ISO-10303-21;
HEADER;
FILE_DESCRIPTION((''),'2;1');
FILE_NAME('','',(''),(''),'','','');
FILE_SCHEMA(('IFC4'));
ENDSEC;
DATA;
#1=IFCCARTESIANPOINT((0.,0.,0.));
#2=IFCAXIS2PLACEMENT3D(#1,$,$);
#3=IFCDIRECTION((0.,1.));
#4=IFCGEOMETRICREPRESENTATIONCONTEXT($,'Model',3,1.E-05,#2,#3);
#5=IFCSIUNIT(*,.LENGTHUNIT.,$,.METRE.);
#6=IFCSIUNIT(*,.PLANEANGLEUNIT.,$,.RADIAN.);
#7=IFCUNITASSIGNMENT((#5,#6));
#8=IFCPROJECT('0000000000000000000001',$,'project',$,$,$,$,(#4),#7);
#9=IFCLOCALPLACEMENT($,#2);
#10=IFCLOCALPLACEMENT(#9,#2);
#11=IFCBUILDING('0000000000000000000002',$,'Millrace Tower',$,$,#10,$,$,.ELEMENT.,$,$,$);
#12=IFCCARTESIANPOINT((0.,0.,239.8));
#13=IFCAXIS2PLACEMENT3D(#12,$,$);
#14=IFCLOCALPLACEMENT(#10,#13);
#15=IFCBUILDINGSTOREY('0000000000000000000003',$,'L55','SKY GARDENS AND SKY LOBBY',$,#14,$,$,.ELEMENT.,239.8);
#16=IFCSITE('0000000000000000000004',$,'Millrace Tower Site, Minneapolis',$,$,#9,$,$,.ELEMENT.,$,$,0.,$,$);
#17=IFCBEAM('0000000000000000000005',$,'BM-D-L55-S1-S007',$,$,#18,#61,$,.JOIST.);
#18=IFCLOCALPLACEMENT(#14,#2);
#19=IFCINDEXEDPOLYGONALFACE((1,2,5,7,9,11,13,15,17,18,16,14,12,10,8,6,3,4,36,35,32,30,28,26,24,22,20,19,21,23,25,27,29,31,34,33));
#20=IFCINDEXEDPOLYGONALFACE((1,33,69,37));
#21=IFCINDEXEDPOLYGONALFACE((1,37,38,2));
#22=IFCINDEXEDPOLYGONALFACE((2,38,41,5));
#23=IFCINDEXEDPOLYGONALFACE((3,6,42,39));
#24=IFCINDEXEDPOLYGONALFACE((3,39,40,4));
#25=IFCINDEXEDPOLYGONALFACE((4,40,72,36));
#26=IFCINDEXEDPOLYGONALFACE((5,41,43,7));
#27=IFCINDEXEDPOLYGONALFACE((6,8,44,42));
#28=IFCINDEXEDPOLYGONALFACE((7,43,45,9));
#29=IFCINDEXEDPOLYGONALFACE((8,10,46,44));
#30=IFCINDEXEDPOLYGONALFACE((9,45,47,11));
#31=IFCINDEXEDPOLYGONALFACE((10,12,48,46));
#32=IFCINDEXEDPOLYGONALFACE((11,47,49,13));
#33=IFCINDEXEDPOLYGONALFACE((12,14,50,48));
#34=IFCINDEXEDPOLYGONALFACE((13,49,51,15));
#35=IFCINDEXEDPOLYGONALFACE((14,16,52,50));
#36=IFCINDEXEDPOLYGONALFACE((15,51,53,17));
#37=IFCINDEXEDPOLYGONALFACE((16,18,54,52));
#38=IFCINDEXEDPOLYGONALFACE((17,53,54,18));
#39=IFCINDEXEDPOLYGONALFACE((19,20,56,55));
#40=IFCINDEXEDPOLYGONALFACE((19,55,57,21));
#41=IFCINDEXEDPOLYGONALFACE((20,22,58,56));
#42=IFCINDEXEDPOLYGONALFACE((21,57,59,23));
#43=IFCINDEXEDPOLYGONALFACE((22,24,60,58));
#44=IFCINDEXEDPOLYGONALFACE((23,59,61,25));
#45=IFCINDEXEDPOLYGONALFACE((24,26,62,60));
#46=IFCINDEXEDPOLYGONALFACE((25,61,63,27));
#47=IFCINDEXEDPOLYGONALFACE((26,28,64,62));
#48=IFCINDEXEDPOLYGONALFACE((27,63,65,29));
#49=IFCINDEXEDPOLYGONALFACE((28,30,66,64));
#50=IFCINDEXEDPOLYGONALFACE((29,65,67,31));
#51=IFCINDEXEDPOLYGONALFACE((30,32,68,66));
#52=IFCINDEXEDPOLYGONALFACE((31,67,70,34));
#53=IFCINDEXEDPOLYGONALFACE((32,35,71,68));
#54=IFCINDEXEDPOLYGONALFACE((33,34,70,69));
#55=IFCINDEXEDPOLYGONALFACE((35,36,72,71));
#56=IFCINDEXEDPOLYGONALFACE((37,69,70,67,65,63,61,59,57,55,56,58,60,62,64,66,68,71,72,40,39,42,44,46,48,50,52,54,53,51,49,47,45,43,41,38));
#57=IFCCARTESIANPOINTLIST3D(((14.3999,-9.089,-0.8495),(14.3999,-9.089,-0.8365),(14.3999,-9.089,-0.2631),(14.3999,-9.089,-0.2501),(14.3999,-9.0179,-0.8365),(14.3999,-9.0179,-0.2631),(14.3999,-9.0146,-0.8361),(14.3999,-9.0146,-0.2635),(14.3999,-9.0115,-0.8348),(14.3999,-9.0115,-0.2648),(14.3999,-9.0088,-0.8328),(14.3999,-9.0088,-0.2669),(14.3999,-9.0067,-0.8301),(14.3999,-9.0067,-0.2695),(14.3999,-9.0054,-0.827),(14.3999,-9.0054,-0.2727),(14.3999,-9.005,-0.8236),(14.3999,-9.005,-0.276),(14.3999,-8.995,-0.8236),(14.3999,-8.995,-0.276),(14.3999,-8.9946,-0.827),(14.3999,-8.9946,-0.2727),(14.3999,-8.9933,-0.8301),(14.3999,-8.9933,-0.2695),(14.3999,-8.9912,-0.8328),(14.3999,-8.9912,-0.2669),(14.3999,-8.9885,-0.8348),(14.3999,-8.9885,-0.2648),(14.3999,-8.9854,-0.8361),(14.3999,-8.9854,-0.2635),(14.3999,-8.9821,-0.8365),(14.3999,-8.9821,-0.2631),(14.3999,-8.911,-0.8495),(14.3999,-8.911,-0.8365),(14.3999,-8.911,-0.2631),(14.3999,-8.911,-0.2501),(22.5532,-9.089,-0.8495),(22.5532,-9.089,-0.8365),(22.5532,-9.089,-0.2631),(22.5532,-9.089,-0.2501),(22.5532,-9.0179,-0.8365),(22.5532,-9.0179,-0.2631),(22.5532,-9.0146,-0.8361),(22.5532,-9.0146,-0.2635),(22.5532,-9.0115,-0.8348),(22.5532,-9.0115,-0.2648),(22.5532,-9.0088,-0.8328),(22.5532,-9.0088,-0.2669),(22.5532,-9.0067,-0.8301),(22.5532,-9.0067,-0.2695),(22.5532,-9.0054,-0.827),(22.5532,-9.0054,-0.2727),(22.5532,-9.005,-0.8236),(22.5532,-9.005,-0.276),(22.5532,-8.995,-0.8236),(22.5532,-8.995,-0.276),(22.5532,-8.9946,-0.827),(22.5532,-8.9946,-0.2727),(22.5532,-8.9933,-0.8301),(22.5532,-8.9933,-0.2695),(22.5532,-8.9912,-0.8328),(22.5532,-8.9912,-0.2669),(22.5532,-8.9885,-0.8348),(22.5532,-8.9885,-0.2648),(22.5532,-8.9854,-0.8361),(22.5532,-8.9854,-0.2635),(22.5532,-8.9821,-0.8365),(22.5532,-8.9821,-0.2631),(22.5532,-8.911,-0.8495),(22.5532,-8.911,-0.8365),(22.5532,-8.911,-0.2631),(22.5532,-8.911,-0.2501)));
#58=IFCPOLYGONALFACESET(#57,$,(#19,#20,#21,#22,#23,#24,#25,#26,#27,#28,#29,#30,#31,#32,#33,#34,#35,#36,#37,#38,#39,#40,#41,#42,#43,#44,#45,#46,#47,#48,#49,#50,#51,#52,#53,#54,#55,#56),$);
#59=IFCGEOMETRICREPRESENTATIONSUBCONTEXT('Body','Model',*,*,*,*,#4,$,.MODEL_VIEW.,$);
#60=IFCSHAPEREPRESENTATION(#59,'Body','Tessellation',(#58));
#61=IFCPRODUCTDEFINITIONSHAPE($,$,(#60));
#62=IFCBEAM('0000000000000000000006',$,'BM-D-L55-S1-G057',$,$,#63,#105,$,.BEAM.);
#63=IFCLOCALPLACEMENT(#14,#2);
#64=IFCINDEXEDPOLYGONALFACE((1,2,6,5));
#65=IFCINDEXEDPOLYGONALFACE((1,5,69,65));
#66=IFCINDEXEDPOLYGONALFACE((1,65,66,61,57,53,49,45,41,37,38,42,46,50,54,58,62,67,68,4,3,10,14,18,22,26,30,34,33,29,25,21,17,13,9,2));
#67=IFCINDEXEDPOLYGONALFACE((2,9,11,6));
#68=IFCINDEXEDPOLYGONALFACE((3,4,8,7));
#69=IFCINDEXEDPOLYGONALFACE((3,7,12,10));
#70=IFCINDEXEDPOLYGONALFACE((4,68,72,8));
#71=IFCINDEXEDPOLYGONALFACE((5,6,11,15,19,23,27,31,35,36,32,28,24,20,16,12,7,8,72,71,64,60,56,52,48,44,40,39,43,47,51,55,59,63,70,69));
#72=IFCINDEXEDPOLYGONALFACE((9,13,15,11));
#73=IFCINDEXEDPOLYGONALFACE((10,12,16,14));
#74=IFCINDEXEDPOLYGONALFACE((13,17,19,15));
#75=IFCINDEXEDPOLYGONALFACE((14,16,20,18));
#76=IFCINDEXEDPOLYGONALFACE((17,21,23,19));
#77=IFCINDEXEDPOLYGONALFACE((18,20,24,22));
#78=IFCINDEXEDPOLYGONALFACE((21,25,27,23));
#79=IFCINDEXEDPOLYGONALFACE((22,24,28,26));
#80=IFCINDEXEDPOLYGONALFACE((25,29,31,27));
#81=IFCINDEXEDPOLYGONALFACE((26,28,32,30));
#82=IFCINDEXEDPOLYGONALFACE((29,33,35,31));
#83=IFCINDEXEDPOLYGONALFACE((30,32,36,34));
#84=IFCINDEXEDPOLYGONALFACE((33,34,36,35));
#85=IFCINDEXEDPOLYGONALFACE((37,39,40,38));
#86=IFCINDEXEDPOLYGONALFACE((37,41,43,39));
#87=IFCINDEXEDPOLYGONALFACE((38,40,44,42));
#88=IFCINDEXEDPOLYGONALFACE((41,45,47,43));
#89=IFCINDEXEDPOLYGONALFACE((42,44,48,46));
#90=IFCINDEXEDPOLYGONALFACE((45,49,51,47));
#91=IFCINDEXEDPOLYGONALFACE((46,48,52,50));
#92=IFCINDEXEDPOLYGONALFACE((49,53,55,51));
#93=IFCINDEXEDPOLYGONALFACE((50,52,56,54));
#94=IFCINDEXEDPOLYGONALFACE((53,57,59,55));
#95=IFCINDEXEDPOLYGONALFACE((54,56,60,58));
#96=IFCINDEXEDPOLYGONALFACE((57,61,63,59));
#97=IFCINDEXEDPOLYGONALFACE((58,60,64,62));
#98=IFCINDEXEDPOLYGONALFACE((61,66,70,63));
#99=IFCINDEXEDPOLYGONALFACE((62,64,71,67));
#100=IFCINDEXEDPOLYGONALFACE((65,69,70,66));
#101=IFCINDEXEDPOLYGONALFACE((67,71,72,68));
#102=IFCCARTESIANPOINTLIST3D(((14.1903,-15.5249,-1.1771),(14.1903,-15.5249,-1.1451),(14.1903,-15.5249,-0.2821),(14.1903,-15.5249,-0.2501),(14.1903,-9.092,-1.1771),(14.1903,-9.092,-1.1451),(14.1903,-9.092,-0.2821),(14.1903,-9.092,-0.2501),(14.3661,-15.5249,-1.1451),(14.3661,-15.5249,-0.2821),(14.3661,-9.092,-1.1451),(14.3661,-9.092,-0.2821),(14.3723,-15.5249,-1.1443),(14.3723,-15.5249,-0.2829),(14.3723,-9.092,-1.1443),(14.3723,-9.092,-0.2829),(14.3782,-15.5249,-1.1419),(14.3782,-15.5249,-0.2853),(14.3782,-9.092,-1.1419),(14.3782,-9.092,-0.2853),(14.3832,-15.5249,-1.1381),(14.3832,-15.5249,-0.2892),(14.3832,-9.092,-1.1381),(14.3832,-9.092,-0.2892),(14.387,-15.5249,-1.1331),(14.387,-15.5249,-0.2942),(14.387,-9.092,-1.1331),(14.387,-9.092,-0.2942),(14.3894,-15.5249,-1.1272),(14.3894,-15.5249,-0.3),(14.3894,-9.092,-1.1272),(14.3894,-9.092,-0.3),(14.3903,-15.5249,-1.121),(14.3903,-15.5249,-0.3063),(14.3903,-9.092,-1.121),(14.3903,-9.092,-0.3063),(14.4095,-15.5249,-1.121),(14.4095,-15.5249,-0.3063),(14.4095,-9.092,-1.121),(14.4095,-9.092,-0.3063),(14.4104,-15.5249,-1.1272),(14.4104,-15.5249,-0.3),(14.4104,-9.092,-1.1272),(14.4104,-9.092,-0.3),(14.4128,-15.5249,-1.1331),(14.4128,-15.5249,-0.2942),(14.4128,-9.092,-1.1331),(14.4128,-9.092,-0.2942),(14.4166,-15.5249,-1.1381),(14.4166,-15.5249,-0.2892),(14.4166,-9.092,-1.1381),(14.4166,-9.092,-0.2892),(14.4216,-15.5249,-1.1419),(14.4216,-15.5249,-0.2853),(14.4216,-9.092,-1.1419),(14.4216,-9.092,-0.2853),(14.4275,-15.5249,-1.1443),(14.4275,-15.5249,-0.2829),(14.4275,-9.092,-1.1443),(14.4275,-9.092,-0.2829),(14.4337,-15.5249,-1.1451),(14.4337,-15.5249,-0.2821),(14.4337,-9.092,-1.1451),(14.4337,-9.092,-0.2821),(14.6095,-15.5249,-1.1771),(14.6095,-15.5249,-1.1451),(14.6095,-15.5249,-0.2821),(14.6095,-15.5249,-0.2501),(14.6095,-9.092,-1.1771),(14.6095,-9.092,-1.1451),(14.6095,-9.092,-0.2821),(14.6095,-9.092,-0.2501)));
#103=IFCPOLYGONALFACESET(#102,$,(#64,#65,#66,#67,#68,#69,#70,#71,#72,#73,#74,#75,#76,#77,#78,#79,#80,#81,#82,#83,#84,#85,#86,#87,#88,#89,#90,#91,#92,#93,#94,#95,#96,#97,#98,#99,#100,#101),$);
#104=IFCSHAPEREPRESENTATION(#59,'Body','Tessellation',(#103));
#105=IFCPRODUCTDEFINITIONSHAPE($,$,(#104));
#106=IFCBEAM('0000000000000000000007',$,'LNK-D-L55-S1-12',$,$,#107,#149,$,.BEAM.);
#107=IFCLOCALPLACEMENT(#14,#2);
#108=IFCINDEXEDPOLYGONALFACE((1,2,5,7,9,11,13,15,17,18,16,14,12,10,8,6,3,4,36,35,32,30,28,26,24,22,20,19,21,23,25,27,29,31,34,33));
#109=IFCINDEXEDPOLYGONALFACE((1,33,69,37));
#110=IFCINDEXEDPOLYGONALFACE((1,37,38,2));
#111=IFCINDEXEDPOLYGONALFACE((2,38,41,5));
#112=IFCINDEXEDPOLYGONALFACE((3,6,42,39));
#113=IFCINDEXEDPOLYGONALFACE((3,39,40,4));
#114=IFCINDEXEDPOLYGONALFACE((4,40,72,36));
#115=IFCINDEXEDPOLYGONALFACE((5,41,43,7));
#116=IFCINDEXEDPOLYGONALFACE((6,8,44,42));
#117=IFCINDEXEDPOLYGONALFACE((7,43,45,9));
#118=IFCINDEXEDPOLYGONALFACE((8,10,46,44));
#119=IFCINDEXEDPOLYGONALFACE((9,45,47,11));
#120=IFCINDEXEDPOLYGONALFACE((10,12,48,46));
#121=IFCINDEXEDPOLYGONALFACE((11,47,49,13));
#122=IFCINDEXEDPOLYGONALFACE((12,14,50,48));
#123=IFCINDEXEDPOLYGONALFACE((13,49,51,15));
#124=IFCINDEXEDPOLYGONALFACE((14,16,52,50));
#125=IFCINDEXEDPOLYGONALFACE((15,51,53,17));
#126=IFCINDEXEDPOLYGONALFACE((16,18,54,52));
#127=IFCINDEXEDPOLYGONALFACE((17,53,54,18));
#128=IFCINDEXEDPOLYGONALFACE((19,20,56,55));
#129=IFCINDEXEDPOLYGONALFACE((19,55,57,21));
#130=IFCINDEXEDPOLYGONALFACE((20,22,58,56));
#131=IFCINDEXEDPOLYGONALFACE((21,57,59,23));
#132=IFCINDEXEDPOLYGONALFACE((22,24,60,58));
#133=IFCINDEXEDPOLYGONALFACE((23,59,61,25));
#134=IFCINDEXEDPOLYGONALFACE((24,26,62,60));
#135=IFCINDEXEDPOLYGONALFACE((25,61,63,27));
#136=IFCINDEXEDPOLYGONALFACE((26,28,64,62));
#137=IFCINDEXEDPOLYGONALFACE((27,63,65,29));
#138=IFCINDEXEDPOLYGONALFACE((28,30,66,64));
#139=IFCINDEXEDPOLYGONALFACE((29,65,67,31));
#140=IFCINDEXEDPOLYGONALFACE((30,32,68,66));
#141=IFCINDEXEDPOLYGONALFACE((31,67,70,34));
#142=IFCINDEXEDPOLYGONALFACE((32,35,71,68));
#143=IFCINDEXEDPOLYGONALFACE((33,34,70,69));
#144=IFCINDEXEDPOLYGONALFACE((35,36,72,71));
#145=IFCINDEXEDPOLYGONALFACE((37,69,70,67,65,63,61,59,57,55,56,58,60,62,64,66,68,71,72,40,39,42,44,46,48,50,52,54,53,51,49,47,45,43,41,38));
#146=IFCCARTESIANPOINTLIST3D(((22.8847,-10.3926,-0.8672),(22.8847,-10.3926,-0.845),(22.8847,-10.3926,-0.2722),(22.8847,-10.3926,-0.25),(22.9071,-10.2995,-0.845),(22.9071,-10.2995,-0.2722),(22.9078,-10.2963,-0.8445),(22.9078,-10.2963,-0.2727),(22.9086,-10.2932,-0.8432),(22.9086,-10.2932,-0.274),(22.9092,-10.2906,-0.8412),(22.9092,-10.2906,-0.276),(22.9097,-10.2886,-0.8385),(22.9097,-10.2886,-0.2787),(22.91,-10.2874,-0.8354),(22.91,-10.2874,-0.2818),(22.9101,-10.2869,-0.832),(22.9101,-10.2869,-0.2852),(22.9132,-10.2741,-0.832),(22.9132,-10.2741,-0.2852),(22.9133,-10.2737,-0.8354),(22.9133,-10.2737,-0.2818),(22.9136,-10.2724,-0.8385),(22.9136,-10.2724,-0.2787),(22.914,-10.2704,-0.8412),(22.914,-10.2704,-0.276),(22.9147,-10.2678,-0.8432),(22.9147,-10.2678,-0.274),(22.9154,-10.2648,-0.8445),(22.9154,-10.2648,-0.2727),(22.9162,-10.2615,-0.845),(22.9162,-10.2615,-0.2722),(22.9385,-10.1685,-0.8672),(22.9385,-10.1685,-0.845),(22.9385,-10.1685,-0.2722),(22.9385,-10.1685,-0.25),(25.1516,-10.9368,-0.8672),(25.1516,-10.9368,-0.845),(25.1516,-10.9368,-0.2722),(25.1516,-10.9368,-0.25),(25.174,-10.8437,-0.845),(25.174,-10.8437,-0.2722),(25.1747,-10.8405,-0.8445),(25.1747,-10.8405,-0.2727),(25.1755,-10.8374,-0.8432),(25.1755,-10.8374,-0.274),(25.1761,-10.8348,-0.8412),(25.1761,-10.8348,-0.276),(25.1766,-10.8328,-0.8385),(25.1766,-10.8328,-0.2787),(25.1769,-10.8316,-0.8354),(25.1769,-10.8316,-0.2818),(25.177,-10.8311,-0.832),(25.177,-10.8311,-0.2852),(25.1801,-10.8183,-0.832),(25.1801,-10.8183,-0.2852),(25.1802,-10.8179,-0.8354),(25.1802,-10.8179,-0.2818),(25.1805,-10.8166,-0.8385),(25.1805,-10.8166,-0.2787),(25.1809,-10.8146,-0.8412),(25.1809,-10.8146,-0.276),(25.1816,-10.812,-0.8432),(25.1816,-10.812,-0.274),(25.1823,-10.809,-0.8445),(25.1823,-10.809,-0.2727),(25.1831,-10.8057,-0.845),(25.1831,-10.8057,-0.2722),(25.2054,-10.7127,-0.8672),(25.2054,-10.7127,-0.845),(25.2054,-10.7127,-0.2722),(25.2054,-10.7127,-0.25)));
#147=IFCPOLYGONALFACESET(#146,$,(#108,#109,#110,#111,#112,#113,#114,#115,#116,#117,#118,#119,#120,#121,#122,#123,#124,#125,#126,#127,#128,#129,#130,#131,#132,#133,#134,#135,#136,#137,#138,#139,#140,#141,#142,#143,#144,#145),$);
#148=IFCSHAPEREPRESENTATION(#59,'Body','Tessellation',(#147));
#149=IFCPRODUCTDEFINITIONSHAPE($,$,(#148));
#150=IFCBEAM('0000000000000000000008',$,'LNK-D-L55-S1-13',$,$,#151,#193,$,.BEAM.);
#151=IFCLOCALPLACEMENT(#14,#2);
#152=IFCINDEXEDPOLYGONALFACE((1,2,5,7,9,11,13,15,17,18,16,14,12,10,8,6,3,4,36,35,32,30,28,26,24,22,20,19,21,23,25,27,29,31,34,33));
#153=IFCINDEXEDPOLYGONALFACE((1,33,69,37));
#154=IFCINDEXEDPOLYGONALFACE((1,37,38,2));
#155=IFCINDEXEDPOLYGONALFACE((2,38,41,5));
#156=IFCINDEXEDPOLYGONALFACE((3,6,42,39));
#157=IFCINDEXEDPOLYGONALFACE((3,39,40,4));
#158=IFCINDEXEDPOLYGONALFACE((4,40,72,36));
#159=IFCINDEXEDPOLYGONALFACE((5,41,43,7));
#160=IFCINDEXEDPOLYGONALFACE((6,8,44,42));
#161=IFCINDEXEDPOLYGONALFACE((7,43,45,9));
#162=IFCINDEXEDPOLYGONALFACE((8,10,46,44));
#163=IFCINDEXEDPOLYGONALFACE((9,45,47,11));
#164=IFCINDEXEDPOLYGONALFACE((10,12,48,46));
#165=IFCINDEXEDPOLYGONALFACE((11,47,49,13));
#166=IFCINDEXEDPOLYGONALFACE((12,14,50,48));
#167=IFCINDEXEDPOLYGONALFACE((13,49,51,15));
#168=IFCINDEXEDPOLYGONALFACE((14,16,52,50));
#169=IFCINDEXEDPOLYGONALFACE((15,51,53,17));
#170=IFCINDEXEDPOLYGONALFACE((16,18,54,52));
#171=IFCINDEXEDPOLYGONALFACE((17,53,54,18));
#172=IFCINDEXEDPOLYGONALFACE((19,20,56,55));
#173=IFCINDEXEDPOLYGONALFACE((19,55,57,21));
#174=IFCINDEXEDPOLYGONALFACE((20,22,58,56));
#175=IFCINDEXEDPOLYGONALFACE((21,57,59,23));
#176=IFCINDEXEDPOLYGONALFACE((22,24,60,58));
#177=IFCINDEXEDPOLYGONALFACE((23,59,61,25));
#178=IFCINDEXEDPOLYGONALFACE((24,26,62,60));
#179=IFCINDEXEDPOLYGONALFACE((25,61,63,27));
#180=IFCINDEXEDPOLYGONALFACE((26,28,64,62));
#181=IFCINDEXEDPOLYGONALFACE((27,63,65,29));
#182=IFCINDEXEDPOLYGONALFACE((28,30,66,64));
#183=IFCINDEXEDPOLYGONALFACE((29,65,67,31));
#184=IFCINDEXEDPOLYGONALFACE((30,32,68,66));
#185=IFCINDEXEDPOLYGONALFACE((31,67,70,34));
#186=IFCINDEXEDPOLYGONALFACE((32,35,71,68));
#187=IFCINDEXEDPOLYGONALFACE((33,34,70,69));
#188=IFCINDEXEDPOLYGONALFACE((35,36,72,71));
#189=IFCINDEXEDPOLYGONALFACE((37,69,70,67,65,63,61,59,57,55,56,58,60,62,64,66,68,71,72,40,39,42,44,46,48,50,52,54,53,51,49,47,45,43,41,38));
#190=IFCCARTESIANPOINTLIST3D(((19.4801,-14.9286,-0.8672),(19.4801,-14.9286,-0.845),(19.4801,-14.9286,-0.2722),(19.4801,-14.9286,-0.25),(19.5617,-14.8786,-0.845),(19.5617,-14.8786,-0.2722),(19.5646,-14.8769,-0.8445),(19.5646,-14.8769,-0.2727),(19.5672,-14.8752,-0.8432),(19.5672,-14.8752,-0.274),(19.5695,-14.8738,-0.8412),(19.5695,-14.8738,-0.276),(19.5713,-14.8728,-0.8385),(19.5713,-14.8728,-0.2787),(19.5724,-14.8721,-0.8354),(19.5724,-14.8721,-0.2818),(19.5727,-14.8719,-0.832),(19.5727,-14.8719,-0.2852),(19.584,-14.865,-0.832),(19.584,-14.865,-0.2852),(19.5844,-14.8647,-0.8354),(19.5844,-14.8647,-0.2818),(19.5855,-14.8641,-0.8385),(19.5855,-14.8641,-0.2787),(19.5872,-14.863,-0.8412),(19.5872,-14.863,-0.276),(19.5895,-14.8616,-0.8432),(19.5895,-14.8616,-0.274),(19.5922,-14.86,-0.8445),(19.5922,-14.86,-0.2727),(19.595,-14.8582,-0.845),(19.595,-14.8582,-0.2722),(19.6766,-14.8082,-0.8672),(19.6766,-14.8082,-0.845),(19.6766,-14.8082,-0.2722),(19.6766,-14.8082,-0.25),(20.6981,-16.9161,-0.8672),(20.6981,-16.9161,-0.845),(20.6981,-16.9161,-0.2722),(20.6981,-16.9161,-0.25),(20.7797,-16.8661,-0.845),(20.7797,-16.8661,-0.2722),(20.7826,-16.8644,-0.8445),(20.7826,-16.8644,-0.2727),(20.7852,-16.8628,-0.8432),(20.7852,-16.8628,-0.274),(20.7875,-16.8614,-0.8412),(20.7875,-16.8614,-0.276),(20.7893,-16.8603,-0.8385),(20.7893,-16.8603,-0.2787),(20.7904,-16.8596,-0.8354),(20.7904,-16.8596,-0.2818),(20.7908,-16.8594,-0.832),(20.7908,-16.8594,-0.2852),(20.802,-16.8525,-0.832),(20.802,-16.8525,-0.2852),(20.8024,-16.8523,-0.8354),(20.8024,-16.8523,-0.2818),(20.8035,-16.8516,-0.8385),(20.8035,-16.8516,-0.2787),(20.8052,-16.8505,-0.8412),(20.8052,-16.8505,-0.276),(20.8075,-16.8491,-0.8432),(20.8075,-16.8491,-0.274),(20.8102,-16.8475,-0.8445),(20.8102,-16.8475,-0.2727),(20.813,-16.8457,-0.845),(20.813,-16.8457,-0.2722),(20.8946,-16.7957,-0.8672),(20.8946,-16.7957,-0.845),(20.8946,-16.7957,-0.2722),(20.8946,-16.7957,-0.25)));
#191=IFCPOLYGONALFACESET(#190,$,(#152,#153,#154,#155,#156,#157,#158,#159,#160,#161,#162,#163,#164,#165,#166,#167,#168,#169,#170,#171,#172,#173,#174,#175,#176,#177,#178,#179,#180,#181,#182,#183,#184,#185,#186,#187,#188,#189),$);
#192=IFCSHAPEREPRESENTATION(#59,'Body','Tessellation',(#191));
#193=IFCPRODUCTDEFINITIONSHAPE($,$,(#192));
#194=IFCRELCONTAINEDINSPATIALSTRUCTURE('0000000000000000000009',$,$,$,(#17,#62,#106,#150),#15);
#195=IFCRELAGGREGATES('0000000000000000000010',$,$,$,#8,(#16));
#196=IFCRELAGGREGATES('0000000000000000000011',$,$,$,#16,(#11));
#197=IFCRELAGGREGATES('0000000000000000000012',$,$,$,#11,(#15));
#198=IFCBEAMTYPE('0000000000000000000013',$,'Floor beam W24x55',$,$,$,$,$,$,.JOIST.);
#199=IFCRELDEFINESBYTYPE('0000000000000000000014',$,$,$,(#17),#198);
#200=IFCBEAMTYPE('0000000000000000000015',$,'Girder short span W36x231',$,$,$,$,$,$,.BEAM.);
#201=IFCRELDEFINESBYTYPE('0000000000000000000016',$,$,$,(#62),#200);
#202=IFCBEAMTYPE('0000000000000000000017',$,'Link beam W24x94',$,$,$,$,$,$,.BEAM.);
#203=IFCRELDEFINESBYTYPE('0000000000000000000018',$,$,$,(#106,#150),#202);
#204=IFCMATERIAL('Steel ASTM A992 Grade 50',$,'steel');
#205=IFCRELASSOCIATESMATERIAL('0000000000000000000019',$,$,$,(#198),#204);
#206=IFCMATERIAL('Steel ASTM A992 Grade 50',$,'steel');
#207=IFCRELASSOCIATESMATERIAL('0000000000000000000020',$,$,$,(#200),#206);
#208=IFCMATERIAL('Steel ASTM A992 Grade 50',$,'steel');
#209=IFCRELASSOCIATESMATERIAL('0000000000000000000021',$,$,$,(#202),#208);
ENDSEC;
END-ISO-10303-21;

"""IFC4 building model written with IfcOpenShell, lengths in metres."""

from ifc_helpers import new_model, si_unit, direction, frame, origin, origin_2d, place, context, subcontext, project, spatial, i_section, extrude, material, material_profile, profile_set, type_object, element, save


model = new_model("IFC4")

# Units and contexts
model_context = context("Model", 3, precision=1e-05, world=origin(), true_north=direction((0.0, 1.0)))
body_context = subcontext(model_context, "Body", "Model", "MODEL_VIEW")
ifc_project = project(units=[si_unit("LENGTHUNIT", "METRE"), si_unit("PLANEANGLEUNIT", "RADIAN")], contexts=[model_context])

# Site, building, storey
site_placement = place(None, origin())
site = spatial("IfcSite", under=ifc_project, at=site_placement, Name="Millrace Tower Site, Minneapolis", CompositionType="ELEMENT", RefElevation=0.0)
building_placement = place(site_placement, origin())
building = spatial("IfcBuilding", under=site, at=building_placement, Name="Millrace Tower", CompositionType="ELEMENT")
storey_placement = place(building_placement, frame((0.0, 0.0, 239.8)))
storey = spatial("IfcBuildingStorey", under=building, at=storey_placement, Name="L55", Description="SKY GARDENS AND SKY LOBBY", CompositionType="ELEMENT", Elevation=239.8)

# Beams
ifc_material_1 = material(Name="Steel ASTM A992 Grade 50", Category="steel")
ifc_material_profile_1 = material_profile(ifc_material_1, i_section(OverallWidth=0.178, OverallDepth=0.5994, WebThickness=0.01, FlangeThickness=0.0129, FilletRadius=0.0129, at=origin_2d()))
ifc_profile_set_1 = profile_set([ifc_material_profile_1], Name="Steel ASTM A992 Grade 50")
beam_type_1 = type_object("IfcBeamType", Name="Floor beam W24x55", PredefinedType="JOIST", material=ifc_profile_set_1)
beam_1_placement = place(storey_placement, frame((14.3999, -9.0, -0.5498), z_axis=(1.0, 0.0, 0.0), x_axis=(0.0, 1.0, 0.0)))
element("IfcBeam", 1, at=beam_1_placement, inside=storey, type_object=beam_type_1, Name="BM-D-L55-S1-S007", PredefinedType="JOIST", context=body_context, shape_type="SweptSolid", body=[
    extrude(i_section(OverallWidth=0.178, OverallDepth=0.5994, WebThickness=0.01, FlangeThickness=0.0129, FilletRadius=0.0129, at=origin_2d()), origin(), (0.0, 0.0, 1.0), 8.1533),
])
ifc_material_2 = material(Name="Steel ASTM A992 Grade 50", Category="steel")
ifc_material_profile_2 = material_profile(ifc_material_2, i_section(OverallWidth=0.4192, OverallDepth=0.927, WebThickness=0.0193, FlangeThickness=0.032, FilletRadius=0.0242, at=origin_2d()))
ifc_profile_set_2 = profile_set([ifc_material_profile_2], Name="Steel ASTM A992 Grade 50")
beam_type_2 = type_object("IfcBeamType", Name="Girder short span W36x231", PredefinedType="BEAM", material=ifc_profile_set_2)
beam_2_placement = place(storey_placement, frame((14.3999, -15.5249, -0.7136), z_axis=(0.0, 1.0, 0.0), x_axis=(-1.0, 0.0, 0.0)))
element("IfcBeam", 2, at=beam_2_placement, inside=storey, type_object=beam_type_2, Name="BM-D-L55-S1-G057", PredefinedType="BEAM", context=body_context, shape_type="SweptSolid", body=[
    extrude(i_section(OverallWidth=0.4192, OverallDepth=0.927, WebThickness=0.0193, FlangeThickness=0.032, FilletRadius=0.0242, at=origin_2d()), origin(), (0.0, 0.0, 1.0), 6.4329),
])
ifc_material_3 = material(Name="Steel ASTM A992 Grade 50", Category="steel")
ifc_material_profile_3 = material_profile(ifc_material_3, i_section(OverallWidth=0.2305, OverallDepth=0.6172, WebThickness=0.0132, FlangeThickness=0.0222, FilletRadius=0.0129, at=origin_2d()))
ifc_profile_set_3 = profile_set([ifc_material_profile_3], Name="Steel ASTM A992 Grade 50")
beam_type_3 = type_object("IfcBeamType", Name="Link beam W24x94", PredefinedType="BEAM", material=ifc_profile_set_3)
beam_3_placement = place(storey_placement, frame((22.9116, -10.2805, -0.5586), z_axis=(0.972373, -0.233432, 0.0), x_axis=(0.233432, 0.972373, 0.0)))
element("IfcBeam", 3, at=beam_3_placement, inside=storey, type_object=beam_type_3, Name="LNK-D-L55-S1-12", PredefinedType="BEAM", context=body_context, shape_type="SweptSolid", body=[
    extrude(i_section(OverallWidth=0.2305, OverallDepth=0.6172, WebThickness=0.0132, FlangeThickness=0.0222, FilletRadius=0.0129, at=origin_2d()), origin(), (0.0, 0.0, 1.0), 2.3313),
])
beam_4_placement = place(storey_placement, frame((19.5784, -14.8684, -0.5586), z_axis=(0.522513, -0.852631, 0.0), x_axis=(0.852631, 0.522513, 0.0)))
element("IfcBeam", 4, at=beam_4_placement, inside=storey, type_object=beam_type_3, Name="LNK-D-L55-S1-13", PredefinedType="BEAM", context=body_context, shape_type="SweptSolid", body=[
    extrude(i_section(OverallWidth=0.2305, OverallDepth=0.6172, WebThickness=0.0132, FlangeThickness=0.0222, FilletRadius=0.0129, at=origin_2d()), origin(), (0.0, 0.0, 1.0), 2.3311),
])

save(model, "model.ifc")
